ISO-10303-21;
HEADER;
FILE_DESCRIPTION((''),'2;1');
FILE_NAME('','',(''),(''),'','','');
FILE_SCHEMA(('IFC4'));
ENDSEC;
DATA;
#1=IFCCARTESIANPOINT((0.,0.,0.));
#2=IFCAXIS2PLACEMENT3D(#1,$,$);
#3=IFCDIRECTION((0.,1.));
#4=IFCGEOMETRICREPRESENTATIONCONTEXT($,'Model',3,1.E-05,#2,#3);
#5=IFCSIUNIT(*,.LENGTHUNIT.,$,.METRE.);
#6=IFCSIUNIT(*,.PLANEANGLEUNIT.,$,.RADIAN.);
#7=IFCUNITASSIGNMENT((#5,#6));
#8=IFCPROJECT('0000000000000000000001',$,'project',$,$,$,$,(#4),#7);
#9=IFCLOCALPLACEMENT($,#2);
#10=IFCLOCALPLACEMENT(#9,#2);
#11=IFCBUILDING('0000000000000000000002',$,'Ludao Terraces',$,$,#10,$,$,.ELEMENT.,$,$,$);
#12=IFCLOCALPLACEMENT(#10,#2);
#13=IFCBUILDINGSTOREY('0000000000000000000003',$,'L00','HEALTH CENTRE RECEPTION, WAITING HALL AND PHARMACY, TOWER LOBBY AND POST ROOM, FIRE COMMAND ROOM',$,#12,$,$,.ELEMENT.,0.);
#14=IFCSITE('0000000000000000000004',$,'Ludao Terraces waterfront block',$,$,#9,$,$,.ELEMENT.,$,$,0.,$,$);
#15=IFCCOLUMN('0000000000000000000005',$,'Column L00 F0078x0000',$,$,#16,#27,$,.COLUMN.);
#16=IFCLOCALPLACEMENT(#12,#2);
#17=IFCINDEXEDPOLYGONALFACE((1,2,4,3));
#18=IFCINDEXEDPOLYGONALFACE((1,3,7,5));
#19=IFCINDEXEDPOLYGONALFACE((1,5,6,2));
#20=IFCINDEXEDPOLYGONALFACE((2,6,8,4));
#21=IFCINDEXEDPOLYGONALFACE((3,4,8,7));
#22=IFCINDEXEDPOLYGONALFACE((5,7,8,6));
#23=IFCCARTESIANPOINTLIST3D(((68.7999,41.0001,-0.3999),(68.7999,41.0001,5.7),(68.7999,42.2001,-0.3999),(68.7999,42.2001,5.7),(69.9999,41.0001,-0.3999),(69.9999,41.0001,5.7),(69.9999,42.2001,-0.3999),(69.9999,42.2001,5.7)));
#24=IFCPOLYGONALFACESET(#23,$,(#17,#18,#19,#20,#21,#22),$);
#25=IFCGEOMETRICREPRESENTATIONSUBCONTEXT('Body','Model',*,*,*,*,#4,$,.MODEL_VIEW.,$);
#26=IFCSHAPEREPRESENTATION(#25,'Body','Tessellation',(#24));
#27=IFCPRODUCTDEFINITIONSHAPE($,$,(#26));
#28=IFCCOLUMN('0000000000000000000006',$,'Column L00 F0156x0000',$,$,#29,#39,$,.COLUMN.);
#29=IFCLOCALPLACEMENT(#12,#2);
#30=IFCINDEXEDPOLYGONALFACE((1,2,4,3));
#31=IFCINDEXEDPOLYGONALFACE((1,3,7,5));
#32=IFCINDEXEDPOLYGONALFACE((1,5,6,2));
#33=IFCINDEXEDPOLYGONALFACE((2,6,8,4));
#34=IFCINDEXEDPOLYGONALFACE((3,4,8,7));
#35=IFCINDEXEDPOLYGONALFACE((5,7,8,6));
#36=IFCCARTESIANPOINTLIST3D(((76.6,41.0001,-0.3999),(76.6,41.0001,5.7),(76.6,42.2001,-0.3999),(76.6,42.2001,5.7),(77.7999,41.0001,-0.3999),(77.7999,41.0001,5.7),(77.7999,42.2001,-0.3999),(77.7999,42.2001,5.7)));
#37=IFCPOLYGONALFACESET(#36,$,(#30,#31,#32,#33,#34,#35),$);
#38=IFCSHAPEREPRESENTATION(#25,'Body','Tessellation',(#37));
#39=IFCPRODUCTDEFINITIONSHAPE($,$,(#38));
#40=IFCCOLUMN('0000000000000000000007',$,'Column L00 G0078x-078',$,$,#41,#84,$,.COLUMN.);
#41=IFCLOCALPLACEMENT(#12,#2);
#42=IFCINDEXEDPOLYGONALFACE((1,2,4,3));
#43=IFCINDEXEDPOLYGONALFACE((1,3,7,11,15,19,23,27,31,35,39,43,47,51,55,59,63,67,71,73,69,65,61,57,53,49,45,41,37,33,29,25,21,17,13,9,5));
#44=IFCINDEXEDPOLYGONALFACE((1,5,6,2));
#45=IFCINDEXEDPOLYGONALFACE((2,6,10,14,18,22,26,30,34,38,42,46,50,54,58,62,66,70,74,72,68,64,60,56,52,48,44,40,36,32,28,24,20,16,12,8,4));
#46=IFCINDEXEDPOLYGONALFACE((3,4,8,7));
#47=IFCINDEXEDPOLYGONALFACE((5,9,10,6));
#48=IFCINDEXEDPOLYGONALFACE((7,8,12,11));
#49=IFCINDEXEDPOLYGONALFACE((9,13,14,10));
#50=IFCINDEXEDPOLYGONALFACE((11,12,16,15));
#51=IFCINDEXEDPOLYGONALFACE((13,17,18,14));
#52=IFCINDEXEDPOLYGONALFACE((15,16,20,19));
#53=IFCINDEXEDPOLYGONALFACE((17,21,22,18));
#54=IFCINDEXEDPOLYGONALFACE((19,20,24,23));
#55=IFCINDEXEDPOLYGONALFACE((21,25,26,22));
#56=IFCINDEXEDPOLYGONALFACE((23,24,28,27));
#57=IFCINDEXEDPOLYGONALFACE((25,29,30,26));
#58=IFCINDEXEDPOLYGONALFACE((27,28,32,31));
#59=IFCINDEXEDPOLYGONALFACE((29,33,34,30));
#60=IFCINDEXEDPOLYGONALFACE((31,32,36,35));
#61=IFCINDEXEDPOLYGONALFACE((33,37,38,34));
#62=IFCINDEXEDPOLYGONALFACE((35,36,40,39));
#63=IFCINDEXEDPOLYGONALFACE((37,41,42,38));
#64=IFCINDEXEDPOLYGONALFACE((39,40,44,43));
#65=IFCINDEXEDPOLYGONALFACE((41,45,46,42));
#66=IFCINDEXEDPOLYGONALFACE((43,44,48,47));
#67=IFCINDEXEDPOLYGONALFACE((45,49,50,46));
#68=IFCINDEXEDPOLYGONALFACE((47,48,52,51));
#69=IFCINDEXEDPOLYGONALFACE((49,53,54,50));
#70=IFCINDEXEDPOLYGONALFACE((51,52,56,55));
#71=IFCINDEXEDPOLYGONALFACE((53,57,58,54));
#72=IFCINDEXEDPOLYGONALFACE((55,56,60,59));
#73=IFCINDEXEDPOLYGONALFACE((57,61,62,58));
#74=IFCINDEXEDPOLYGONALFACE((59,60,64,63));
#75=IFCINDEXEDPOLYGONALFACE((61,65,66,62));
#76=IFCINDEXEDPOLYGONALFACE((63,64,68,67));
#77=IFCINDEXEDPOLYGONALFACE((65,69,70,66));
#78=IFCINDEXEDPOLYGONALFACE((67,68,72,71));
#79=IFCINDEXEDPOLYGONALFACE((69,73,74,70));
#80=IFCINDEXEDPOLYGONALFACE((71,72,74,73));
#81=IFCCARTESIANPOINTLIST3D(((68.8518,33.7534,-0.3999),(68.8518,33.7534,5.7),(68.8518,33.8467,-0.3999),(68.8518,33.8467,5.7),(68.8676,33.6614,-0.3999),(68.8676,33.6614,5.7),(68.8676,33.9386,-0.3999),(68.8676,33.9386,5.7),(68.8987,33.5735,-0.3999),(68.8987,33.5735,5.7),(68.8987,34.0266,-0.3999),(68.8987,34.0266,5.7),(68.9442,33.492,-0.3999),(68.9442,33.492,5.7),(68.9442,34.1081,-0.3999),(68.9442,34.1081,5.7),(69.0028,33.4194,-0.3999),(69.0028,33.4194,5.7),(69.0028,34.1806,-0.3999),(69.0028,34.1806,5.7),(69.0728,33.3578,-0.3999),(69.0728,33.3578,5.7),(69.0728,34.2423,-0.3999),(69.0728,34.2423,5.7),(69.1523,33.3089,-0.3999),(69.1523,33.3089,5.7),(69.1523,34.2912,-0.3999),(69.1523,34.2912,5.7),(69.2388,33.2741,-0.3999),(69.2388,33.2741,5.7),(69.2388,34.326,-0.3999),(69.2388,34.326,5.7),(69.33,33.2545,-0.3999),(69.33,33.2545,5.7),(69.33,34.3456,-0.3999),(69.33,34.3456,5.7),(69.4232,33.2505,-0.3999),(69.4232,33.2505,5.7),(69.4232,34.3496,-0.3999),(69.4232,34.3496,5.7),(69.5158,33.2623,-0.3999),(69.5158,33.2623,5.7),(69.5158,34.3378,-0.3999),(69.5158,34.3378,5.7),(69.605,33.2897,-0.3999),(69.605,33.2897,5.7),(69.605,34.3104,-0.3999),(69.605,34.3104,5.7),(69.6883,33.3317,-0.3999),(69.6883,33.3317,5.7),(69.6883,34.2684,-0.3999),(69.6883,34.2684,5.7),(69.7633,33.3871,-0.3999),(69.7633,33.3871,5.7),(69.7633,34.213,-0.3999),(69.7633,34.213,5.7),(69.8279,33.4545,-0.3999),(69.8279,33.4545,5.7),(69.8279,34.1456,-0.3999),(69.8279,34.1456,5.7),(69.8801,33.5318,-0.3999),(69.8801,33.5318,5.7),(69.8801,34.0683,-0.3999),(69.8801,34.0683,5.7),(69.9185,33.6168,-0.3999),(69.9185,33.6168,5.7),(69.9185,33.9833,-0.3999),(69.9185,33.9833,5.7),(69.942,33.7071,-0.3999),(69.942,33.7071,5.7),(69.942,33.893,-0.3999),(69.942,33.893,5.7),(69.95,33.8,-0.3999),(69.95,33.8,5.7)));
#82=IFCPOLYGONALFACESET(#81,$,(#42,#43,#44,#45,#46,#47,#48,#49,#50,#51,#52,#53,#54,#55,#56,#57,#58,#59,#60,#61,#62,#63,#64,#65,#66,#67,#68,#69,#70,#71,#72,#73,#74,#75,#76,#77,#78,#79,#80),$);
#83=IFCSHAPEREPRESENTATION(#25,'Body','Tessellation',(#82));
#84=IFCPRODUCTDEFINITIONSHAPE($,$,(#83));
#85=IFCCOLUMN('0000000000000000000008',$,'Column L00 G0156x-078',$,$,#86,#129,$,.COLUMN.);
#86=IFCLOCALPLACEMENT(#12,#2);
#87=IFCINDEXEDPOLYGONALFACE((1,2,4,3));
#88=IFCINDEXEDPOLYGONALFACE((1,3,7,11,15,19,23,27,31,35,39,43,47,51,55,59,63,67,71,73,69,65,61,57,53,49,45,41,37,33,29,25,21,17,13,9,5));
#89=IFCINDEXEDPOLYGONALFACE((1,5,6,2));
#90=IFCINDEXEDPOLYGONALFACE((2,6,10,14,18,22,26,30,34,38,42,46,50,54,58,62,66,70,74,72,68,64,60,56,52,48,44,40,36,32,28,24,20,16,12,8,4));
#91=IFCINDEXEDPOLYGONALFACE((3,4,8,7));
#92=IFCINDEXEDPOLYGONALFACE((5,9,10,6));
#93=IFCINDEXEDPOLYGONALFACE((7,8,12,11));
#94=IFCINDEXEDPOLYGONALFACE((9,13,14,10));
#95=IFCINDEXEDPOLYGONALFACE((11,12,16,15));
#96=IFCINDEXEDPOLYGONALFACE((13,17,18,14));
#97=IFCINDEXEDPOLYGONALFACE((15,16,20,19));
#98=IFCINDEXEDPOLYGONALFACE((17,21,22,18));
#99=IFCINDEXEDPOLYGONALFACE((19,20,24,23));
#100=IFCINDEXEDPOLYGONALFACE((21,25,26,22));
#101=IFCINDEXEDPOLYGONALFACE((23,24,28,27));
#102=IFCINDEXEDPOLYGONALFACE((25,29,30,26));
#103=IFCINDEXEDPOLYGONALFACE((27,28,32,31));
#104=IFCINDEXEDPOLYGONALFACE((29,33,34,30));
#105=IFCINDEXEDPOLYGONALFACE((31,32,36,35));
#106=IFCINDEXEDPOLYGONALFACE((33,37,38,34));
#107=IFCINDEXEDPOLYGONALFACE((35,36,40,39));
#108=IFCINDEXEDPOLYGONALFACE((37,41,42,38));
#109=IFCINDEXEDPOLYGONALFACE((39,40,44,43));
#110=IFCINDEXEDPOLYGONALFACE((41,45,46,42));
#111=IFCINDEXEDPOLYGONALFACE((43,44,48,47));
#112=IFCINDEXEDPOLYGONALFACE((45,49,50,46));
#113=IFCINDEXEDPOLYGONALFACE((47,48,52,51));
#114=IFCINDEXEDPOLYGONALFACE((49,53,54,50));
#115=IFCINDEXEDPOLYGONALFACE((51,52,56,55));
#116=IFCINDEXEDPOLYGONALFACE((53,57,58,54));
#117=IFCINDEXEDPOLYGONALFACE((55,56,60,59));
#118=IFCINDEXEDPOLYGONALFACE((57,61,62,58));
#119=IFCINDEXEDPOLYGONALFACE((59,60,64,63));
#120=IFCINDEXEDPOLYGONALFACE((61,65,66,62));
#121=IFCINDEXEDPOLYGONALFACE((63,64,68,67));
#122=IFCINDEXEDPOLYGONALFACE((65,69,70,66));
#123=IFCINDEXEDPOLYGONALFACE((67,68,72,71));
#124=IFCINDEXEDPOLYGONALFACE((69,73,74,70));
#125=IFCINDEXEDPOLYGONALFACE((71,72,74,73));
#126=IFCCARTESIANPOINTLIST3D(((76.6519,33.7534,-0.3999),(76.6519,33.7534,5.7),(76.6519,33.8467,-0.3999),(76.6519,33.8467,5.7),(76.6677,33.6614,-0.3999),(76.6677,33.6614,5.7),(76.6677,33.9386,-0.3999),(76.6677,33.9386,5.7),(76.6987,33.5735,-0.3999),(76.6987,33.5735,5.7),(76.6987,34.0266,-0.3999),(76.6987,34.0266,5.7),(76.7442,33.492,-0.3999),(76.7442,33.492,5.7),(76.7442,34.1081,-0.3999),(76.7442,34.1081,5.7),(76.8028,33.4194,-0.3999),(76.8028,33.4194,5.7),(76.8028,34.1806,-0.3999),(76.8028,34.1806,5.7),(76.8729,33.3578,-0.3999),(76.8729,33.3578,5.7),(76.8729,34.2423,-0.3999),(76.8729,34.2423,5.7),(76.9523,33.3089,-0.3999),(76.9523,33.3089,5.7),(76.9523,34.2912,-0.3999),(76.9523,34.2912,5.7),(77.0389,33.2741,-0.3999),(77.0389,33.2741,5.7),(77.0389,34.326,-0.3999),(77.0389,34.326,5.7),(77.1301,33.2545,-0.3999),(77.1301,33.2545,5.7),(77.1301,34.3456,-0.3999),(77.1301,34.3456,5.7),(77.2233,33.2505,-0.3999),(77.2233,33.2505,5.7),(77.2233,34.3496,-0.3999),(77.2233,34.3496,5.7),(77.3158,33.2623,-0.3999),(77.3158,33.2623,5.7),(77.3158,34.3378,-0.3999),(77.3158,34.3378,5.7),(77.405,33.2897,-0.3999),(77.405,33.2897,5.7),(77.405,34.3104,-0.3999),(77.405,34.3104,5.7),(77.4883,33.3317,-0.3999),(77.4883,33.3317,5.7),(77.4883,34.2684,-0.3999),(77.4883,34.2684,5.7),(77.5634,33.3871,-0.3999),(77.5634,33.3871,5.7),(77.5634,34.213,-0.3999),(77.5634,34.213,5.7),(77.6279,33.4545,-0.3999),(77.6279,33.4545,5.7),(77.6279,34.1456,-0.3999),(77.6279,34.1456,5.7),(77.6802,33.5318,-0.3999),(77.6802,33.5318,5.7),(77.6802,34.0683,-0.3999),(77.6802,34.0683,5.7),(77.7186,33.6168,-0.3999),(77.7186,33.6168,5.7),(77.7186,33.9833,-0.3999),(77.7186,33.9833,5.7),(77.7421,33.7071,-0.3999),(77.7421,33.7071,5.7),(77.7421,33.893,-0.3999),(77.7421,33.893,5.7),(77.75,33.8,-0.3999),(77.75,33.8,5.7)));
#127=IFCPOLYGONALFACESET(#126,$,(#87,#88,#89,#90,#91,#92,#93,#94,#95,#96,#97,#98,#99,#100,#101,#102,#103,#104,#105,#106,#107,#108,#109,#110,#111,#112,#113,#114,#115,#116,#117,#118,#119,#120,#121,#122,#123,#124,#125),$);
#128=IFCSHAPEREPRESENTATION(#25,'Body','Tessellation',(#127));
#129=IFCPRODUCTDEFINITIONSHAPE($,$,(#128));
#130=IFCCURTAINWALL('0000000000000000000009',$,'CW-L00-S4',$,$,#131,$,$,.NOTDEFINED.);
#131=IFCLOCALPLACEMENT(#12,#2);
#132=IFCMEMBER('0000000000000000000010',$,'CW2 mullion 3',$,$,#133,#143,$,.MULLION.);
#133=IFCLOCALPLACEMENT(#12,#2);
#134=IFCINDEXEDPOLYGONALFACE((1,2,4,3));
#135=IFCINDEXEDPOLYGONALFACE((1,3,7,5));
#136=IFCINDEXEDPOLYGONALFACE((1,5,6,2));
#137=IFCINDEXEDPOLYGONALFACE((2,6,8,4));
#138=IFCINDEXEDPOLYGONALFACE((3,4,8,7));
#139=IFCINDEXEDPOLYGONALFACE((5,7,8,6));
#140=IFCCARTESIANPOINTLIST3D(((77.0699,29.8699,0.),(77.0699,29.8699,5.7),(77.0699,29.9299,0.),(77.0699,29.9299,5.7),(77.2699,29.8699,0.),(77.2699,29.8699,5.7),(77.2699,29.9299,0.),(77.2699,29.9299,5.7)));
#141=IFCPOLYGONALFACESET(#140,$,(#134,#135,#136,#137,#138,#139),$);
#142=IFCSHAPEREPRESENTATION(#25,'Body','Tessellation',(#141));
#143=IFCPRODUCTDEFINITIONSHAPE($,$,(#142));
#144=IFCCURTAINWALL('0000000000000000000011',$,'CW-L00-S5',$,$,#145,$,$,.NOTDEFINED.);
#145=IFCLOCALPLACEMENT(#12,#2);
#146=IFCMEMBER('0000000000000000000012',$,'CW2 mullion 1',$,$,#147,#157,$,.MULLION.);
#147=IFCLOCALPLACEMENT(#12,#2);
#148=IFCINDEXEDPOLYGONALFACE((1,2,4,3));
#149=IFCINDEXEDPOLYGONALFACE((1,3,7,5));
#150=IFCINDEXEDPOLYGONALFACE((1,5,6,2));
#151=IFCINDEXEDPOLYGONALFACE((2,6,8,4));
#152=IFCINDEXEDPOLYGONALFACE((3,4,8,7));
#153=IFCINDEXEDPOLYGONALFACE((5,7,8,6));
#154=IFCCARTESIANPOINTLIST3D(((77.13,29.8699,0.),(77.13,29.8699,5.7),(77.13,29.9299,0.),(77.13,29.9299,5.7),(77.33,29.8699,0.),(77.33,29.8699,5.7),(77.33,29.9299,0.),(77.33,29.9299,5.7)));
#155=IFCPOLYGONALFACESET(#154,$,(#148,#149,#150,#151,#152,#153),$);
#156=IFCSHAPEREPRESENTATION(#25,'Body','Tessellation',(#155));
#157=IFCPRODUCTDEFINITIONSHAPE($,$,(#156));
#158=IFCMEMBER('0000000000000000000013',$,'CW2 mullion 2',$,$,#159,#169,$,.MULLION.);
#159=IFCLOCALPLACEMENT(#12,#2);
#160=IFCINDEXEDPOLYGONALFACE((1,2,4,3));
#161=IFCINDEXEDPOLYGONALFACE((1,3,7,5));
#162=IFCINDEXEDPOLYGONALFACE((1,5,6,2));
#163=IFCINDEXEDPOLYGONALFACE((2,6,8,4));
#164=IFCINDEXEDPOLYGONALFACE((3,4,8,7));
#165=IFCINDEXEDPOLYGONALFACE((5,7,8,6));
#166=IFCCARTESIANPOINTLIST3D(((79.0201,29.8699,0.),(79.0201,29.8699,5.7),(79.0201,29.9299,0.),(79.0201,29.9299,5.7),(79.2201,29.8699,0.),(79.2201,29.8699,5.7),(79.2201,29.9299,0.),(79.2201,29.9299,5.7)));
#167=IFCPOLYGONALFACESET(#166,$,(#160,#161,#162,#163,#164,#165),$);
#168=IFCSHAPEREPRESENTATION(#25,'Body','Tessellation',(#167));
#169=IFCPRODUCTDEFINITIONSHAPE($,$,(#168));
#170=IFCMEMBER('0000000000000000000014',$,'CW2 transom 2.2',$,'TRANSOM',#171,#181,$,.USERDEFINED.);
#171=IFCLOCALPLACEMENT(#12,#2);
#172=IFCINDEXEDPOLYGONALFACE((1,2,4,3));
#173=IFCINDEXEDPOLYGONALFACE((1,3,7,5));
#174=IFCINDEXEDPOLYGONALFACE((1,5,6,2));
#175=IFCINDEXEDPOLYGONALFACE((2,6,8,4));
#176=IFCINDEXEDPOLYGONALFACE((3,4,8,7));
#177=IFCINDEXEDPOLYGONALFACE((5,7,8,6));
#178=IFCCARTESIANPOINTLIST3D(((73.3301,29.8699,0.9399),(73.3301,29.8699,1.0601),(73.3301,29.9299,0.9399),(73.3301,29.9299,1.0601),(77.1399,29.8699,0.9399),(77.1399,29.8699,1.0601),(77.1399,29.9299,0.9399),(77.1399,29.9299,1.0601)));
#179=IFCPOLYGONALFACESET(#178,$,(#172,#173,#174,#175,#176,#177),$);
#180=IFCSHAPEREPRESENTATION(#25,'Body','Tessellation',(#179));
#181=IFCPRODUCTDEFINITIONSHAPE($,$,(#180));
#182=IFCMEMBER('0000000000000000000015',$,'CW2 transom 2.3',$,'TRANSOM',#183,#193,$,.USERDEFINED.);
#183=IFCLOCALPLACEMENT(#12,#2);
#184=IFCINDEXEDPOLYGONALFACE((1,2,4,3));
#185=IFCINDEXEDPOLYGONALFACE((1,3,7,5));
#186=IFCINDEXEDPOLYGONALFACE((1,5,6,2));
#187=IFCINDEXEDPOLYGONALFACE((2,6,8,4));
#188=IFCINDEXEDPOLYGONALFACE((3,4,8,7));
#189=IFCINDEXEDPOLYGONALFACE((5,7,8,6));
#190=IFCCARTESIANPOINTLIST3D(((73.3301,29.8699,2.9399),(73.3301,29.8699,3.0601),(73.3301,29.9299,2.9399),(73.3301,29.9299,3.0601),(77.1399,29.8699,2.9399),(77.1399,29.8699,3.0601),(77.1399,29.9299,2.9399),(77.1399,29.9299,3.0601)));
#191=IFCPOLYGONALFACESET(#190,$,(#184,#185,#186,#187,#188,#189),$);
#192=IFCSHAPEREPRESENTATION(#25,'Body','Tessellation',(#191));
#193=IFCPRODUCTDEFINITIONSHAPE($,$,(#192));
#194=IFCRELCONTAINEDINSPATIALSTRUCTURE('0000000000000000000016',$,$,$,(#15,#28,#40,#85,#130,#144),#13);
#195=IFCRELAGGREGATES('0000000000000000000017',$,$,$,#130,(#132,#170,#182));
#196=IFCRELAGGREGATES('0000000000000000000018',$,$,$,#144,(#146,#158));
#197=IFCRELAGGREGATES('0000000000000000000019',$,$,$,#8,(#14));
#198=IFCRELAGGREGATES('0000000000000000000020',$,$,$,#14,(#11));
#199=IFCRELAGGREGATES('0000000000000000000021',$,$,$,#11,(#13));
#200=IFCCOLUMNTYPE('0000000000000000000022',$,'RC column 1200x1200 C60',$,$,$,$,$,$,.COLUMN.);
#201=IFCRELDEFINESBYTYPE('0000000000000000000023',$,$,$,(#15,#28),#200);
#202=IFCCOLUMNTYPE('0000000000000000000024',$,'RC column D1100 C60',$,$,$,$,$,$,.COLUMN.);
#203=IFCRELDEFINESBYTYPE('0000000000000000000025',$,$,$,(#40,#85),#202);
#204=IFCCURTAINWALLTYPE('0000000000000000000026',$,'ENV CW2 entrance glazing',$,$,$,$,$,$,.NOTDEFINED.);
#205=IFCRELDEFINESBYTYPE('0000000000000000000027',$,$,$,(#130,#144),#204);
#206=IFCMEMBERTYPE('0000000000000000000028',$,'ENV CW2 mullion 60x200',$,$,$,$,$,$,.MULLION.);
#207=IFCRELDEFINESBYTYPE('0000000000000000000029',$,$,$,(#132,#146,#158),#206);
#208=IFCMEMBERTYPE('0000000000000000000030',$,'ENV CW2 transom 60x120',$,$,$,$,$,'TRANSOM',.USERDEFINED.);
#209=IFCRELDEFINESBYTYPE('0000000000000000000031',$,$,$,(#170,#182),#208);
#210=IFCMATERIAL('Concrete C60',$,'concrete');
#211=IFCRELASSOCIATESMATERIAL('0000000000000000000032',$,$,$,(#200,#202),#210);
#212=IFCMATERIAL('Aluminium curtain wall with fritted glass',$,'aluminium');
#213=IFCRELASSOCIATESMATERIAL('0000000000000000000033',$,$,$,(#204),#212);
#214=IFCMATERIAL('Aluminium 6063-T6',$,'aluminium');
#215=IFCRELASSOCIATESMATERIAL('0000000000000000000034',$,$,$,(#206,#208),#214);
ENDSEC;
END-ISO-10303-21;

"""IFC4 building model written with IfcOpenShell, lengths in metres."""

from ifc_helpers import new_model, si_unit, direction, frame, origin, origin_2d, place, context, subcontext, project, spatial, rectangle, circle, extrude, material, material_profile, profile_set, type_object, element, aggregate, save


model = new_model("IFC4")

# Units and contexts
model_context = context("Model", 3, precision=1e-05, world=origin(), true_north=direction((0.0, 1.0)))
body_context = subcontext(model_context, "Body", "Model", "MODEL_VIEW")
ifc_project = project(units=[si_unit("LENGTHUNIT", "METRE"), si_unit("PLANEANGLEUNIT", "RADIAN")], contexts=[model_context])

# Site, building, storey
site_placement = place(None, origin())
site = spatial("IfcSite", under=ifc_project, at=site_placement, Name="Ludao Terraces waterfront block", CompositionType="ELEMENT", RefElevation=0.0)
building_placement = place(site_placement, origin())
building = spatial("IfcBuilding", under=site, at=building_placement, Name="Ludao Terraces", CompositionType="ELEMENT")
storey_placement = place(building_placement, origin())
storey = spatial("IfcBuildingStorey", under=building, at=storey_placement, Name="L00", Description="HEALTH CENTRE RECEPTION, WAITING HALL AND PHARMACY, TOWER LOBBY AND POST ROOM, FIRE COMMAND ROOM", CompositionType="ELEMENT", Elevation=0.0)

# Columns
ifc_material_1 = material(Name="Concrete C60", Category="concrete")
ifc_material_profile_1 = material_profile(ifc_material_1, rectangle(XDim=1.2, YDim=1.2, at=origin_2d()), Name="1200 X 1200")
ifc_profile_set_1 = profile_set([ifc_material_profile_1], Name="Concrete C60")
column_type_1 = type_object("IfcColumnType", Name="RC column 1200x1200 C60", PredefinedType="COLUMN", material=ifc_profile_set_1)
for number, where, z_axis, x_axis, name in (
    (1, (69.3999, 41.6001, -0.3999), (0.0, 0.0, 1.0), (1.0, 0.0, 0.0), "Column L00 F0078x0000"),
    (2, (77.2, 41.6001, -0.3999), (0.0, 0.0, 1.0), (1.0, 0.0, 0.0), "Column L00 F0156x0000"),
):
    element("IfcColumn", number, at=place(storey_placement, frame(where, z_axis=z_axis, x_axis=x_axis)), inside=storey, type_object=column_type_1, Name=name, PredefinedType="COLUMN", context=body_context, shape_type="SweptSolid", body=[
        extrude(rectangle(XDim=1.2, YDim=1.2, at=origin_2d()), origin(), (0.0, 0.0, 1.0), 6.0999),
    ])
ifc_material_profile_2 = material_profile(ifc_material_1, circle(Radius=0.55, at=origin_2d()), Name="D1100")
ifc_profile_set_2 = profile_set([ifc_material_profile_2], Name="Concrete C60")
column_type_2 = type_object("IfcColumnType", Name="RC column D1100 C60", PredefinedType="COLUMN", material=ifc_profile_set_2)
for number, where, z_axis, x_axis, name in (
    (3, (69.3999, 33.8, -0.3999), (0.0, 0.0, 1.0), (1.0, 0.0, 0.0), "Column L00 G0078x-078"),
    (4, (77.2, 33.8, -0.3999), (0.0, 0.0, 1.0), (1.0, 0.0, 0.0), "Column L00 G0156x-078"),
):
    element("IfcColumn", number, at=place(storey_placement, frame(where, z_axis=z_axis, x_axis=x_axis)), inside=storey, type_object=column_type_2, Name=name, PredefinedType="COLUMN", context=body_context, shape_type="SweptSolid", body=[
        extrude(circle(Radius=0.55, at=origin_2d()), origin(), (0.0, 0.0, 1.0), 6.0999),
    ])

# Curtain wall, member
ifc_material_2 = material(Name="Aluminium curtain wall with fritted glass", Category="aluminium")
curtain_wall_type = type_object("IfcCurtainWallType", Name="ENV CW2 entrance glazing", PredefinedType="NOTDEFINED", material=ifc_material_2)
curtain_wall_1_placement = place(storey_placement, origin())
curtain_wall_1 = element("IfcCurtainWall", 5, at=curtain_wall_1_placement, inside=storey, type_object=curtain_wall_type, Name="CW-L00-S4", PredefinedType="NOTDEFINED")
ifc_material_3 = material(Name="Aluminium 6063-T6", Category="aluminium")
ifc_material_profile_3 = material_profile(ifc_material_3, rectangle(XDim=0.0601, YDim=0.2, at=origin_2d()), Name="60 X 200")
ifc_profile_set_3 = profile_set([ifc_material_profile_3], Name="Aluminium 6063-T6")
member_type_1 = type_object("IfcMemberType", Name="ENV CW2 mullion 60x200", PredefinedType="MULLION", material=ifc_profile_set_3)
member_1_placement = place(storey_placement, frame((77.1699, 29.8999, 0.0), z_axis=(0.0, 0.0, 1.0), x_axis=(0.0, 1.0, 0.0)))
member_1 = element("IfcMember", 6, at=member_1_placement, type_object=member_type_1, Name="CW2 mullion 3", PredefinedType="MULLION", context=body_context, shape_type="SweptSolid", body=[
    extrude(rectangle(XDim=0.0601, YDim=0.2, at=origin_2d()), origin(), (0.0, 0.0, 1.0), 5.7),
])

# Curtain wall, members
curtain_wall_2_placement = place(storey_placement, origin())
curtain_wall_2 = element("IfcCurtainWall", 7, at=curtain_wall_2_placement, inside=storey, type_object=curtain_wall_type, Name="CW-L00-S5", PredefinedType="NOTDEFINED")
member_2_placement = place(storey_placement, frame((77.23, 29.8999, 0.0), z_axis=(0.0, 0.0, 1.0), x_axis=(0.0, 1.0, 0.0)))
member_2 = element("IfcMember", 8, at=member_2_placement, type_object=member_type_1, Name="CW2 mullion 1", PredefinedType="MULLION", context=body_context, shape_type="SweptSolid", body=[
    extrude(rectangle(XDim=0.0601, YDim=0.2, at=origin_2d()), origin(), (0.0, 0.0, 1.0), 5.7),
])
member_3_placement = place(storey_placement, frame((79.1201, 29.8999, 0.0), z_axis=(0.0, 0.0, 1.0), x_axis=(0.0, 1.0, 0.0)))
member_3 = element("IfcMember", 9, at=member_3_placement, type_object=member_type_1, Name="CW2 mullion 2", PredefinedType="MULLION", context=body_context, shape_type="SweptSolid", body=[
    extrude(rectangle(XDim=0.0601, YDim=0.2, at=origin_2d()), origin(), (0.0, 0.0, 1.0), 5.7),
])

# Members
ifc_material_profile_4 = material_profile(ifc_material_3, rectangle(XDim=0.0601, YDim=0.1201, at=origin_2d()), Name="60 X 120")
ifc_profile_set_4 = profile_set([ifc_material_profile_4], Name="Aluminium 6063-T6")
member_type_2 = type_object("IfcMemberType", Name="ENV CW2 transom 60x120", ElementType="TRANSOM", PredefinedType="USERDEFINED", material=ifc_profile_set_4)
member_4_placement = place(storey_placement, frame((73.3301, 29.8999, 1.0), z_axis=(1.0, 0.0, 0.0), x_axis=(0.0, 1.0, 0.0)))
member_4 = element("IfcMember", 10, at=member_4_placement, type_object=member_type_2, Name="CW2 transom 2.2", ObjectType="TRANSOM", PredefinedType="USERDEFINED", context=body_context, shape_type="SweptSolid", body=[
    extrude(rectangle(XDim=0.0601, YDim=0.1201, at=origin_2d()), origin(), (0.0, 0.0, 1.0), 3.8098),
])
member_5_placement = place(storey_placement, frame((73.3301, 29.8999, 3.0), z_axis=(1.0, 0.0, 0.0), x_axis=(0.0, 1.0, 0.0)))
member_5 = element("IfcMember", 11, at=member_5_placement, type_object=member_type_2, Name="CW2 transom 2.3", ObjectType="TRANSOM", PredefinedType="USERDEFINED", context=body_context, shape_type="SweptSolid", body=[
    extrude(rectangle(XDim=0.0601, YDim=0.1201, at=origin_2d()), origin(), (0.0, 0.0, 1.0), 3.8098),
])

aggregate(curtain_wall_1, [member_1, member_4, member_5])
aggregate(curtain_wall_2, [member_2, member_3])

save(model, "model.ifc")
